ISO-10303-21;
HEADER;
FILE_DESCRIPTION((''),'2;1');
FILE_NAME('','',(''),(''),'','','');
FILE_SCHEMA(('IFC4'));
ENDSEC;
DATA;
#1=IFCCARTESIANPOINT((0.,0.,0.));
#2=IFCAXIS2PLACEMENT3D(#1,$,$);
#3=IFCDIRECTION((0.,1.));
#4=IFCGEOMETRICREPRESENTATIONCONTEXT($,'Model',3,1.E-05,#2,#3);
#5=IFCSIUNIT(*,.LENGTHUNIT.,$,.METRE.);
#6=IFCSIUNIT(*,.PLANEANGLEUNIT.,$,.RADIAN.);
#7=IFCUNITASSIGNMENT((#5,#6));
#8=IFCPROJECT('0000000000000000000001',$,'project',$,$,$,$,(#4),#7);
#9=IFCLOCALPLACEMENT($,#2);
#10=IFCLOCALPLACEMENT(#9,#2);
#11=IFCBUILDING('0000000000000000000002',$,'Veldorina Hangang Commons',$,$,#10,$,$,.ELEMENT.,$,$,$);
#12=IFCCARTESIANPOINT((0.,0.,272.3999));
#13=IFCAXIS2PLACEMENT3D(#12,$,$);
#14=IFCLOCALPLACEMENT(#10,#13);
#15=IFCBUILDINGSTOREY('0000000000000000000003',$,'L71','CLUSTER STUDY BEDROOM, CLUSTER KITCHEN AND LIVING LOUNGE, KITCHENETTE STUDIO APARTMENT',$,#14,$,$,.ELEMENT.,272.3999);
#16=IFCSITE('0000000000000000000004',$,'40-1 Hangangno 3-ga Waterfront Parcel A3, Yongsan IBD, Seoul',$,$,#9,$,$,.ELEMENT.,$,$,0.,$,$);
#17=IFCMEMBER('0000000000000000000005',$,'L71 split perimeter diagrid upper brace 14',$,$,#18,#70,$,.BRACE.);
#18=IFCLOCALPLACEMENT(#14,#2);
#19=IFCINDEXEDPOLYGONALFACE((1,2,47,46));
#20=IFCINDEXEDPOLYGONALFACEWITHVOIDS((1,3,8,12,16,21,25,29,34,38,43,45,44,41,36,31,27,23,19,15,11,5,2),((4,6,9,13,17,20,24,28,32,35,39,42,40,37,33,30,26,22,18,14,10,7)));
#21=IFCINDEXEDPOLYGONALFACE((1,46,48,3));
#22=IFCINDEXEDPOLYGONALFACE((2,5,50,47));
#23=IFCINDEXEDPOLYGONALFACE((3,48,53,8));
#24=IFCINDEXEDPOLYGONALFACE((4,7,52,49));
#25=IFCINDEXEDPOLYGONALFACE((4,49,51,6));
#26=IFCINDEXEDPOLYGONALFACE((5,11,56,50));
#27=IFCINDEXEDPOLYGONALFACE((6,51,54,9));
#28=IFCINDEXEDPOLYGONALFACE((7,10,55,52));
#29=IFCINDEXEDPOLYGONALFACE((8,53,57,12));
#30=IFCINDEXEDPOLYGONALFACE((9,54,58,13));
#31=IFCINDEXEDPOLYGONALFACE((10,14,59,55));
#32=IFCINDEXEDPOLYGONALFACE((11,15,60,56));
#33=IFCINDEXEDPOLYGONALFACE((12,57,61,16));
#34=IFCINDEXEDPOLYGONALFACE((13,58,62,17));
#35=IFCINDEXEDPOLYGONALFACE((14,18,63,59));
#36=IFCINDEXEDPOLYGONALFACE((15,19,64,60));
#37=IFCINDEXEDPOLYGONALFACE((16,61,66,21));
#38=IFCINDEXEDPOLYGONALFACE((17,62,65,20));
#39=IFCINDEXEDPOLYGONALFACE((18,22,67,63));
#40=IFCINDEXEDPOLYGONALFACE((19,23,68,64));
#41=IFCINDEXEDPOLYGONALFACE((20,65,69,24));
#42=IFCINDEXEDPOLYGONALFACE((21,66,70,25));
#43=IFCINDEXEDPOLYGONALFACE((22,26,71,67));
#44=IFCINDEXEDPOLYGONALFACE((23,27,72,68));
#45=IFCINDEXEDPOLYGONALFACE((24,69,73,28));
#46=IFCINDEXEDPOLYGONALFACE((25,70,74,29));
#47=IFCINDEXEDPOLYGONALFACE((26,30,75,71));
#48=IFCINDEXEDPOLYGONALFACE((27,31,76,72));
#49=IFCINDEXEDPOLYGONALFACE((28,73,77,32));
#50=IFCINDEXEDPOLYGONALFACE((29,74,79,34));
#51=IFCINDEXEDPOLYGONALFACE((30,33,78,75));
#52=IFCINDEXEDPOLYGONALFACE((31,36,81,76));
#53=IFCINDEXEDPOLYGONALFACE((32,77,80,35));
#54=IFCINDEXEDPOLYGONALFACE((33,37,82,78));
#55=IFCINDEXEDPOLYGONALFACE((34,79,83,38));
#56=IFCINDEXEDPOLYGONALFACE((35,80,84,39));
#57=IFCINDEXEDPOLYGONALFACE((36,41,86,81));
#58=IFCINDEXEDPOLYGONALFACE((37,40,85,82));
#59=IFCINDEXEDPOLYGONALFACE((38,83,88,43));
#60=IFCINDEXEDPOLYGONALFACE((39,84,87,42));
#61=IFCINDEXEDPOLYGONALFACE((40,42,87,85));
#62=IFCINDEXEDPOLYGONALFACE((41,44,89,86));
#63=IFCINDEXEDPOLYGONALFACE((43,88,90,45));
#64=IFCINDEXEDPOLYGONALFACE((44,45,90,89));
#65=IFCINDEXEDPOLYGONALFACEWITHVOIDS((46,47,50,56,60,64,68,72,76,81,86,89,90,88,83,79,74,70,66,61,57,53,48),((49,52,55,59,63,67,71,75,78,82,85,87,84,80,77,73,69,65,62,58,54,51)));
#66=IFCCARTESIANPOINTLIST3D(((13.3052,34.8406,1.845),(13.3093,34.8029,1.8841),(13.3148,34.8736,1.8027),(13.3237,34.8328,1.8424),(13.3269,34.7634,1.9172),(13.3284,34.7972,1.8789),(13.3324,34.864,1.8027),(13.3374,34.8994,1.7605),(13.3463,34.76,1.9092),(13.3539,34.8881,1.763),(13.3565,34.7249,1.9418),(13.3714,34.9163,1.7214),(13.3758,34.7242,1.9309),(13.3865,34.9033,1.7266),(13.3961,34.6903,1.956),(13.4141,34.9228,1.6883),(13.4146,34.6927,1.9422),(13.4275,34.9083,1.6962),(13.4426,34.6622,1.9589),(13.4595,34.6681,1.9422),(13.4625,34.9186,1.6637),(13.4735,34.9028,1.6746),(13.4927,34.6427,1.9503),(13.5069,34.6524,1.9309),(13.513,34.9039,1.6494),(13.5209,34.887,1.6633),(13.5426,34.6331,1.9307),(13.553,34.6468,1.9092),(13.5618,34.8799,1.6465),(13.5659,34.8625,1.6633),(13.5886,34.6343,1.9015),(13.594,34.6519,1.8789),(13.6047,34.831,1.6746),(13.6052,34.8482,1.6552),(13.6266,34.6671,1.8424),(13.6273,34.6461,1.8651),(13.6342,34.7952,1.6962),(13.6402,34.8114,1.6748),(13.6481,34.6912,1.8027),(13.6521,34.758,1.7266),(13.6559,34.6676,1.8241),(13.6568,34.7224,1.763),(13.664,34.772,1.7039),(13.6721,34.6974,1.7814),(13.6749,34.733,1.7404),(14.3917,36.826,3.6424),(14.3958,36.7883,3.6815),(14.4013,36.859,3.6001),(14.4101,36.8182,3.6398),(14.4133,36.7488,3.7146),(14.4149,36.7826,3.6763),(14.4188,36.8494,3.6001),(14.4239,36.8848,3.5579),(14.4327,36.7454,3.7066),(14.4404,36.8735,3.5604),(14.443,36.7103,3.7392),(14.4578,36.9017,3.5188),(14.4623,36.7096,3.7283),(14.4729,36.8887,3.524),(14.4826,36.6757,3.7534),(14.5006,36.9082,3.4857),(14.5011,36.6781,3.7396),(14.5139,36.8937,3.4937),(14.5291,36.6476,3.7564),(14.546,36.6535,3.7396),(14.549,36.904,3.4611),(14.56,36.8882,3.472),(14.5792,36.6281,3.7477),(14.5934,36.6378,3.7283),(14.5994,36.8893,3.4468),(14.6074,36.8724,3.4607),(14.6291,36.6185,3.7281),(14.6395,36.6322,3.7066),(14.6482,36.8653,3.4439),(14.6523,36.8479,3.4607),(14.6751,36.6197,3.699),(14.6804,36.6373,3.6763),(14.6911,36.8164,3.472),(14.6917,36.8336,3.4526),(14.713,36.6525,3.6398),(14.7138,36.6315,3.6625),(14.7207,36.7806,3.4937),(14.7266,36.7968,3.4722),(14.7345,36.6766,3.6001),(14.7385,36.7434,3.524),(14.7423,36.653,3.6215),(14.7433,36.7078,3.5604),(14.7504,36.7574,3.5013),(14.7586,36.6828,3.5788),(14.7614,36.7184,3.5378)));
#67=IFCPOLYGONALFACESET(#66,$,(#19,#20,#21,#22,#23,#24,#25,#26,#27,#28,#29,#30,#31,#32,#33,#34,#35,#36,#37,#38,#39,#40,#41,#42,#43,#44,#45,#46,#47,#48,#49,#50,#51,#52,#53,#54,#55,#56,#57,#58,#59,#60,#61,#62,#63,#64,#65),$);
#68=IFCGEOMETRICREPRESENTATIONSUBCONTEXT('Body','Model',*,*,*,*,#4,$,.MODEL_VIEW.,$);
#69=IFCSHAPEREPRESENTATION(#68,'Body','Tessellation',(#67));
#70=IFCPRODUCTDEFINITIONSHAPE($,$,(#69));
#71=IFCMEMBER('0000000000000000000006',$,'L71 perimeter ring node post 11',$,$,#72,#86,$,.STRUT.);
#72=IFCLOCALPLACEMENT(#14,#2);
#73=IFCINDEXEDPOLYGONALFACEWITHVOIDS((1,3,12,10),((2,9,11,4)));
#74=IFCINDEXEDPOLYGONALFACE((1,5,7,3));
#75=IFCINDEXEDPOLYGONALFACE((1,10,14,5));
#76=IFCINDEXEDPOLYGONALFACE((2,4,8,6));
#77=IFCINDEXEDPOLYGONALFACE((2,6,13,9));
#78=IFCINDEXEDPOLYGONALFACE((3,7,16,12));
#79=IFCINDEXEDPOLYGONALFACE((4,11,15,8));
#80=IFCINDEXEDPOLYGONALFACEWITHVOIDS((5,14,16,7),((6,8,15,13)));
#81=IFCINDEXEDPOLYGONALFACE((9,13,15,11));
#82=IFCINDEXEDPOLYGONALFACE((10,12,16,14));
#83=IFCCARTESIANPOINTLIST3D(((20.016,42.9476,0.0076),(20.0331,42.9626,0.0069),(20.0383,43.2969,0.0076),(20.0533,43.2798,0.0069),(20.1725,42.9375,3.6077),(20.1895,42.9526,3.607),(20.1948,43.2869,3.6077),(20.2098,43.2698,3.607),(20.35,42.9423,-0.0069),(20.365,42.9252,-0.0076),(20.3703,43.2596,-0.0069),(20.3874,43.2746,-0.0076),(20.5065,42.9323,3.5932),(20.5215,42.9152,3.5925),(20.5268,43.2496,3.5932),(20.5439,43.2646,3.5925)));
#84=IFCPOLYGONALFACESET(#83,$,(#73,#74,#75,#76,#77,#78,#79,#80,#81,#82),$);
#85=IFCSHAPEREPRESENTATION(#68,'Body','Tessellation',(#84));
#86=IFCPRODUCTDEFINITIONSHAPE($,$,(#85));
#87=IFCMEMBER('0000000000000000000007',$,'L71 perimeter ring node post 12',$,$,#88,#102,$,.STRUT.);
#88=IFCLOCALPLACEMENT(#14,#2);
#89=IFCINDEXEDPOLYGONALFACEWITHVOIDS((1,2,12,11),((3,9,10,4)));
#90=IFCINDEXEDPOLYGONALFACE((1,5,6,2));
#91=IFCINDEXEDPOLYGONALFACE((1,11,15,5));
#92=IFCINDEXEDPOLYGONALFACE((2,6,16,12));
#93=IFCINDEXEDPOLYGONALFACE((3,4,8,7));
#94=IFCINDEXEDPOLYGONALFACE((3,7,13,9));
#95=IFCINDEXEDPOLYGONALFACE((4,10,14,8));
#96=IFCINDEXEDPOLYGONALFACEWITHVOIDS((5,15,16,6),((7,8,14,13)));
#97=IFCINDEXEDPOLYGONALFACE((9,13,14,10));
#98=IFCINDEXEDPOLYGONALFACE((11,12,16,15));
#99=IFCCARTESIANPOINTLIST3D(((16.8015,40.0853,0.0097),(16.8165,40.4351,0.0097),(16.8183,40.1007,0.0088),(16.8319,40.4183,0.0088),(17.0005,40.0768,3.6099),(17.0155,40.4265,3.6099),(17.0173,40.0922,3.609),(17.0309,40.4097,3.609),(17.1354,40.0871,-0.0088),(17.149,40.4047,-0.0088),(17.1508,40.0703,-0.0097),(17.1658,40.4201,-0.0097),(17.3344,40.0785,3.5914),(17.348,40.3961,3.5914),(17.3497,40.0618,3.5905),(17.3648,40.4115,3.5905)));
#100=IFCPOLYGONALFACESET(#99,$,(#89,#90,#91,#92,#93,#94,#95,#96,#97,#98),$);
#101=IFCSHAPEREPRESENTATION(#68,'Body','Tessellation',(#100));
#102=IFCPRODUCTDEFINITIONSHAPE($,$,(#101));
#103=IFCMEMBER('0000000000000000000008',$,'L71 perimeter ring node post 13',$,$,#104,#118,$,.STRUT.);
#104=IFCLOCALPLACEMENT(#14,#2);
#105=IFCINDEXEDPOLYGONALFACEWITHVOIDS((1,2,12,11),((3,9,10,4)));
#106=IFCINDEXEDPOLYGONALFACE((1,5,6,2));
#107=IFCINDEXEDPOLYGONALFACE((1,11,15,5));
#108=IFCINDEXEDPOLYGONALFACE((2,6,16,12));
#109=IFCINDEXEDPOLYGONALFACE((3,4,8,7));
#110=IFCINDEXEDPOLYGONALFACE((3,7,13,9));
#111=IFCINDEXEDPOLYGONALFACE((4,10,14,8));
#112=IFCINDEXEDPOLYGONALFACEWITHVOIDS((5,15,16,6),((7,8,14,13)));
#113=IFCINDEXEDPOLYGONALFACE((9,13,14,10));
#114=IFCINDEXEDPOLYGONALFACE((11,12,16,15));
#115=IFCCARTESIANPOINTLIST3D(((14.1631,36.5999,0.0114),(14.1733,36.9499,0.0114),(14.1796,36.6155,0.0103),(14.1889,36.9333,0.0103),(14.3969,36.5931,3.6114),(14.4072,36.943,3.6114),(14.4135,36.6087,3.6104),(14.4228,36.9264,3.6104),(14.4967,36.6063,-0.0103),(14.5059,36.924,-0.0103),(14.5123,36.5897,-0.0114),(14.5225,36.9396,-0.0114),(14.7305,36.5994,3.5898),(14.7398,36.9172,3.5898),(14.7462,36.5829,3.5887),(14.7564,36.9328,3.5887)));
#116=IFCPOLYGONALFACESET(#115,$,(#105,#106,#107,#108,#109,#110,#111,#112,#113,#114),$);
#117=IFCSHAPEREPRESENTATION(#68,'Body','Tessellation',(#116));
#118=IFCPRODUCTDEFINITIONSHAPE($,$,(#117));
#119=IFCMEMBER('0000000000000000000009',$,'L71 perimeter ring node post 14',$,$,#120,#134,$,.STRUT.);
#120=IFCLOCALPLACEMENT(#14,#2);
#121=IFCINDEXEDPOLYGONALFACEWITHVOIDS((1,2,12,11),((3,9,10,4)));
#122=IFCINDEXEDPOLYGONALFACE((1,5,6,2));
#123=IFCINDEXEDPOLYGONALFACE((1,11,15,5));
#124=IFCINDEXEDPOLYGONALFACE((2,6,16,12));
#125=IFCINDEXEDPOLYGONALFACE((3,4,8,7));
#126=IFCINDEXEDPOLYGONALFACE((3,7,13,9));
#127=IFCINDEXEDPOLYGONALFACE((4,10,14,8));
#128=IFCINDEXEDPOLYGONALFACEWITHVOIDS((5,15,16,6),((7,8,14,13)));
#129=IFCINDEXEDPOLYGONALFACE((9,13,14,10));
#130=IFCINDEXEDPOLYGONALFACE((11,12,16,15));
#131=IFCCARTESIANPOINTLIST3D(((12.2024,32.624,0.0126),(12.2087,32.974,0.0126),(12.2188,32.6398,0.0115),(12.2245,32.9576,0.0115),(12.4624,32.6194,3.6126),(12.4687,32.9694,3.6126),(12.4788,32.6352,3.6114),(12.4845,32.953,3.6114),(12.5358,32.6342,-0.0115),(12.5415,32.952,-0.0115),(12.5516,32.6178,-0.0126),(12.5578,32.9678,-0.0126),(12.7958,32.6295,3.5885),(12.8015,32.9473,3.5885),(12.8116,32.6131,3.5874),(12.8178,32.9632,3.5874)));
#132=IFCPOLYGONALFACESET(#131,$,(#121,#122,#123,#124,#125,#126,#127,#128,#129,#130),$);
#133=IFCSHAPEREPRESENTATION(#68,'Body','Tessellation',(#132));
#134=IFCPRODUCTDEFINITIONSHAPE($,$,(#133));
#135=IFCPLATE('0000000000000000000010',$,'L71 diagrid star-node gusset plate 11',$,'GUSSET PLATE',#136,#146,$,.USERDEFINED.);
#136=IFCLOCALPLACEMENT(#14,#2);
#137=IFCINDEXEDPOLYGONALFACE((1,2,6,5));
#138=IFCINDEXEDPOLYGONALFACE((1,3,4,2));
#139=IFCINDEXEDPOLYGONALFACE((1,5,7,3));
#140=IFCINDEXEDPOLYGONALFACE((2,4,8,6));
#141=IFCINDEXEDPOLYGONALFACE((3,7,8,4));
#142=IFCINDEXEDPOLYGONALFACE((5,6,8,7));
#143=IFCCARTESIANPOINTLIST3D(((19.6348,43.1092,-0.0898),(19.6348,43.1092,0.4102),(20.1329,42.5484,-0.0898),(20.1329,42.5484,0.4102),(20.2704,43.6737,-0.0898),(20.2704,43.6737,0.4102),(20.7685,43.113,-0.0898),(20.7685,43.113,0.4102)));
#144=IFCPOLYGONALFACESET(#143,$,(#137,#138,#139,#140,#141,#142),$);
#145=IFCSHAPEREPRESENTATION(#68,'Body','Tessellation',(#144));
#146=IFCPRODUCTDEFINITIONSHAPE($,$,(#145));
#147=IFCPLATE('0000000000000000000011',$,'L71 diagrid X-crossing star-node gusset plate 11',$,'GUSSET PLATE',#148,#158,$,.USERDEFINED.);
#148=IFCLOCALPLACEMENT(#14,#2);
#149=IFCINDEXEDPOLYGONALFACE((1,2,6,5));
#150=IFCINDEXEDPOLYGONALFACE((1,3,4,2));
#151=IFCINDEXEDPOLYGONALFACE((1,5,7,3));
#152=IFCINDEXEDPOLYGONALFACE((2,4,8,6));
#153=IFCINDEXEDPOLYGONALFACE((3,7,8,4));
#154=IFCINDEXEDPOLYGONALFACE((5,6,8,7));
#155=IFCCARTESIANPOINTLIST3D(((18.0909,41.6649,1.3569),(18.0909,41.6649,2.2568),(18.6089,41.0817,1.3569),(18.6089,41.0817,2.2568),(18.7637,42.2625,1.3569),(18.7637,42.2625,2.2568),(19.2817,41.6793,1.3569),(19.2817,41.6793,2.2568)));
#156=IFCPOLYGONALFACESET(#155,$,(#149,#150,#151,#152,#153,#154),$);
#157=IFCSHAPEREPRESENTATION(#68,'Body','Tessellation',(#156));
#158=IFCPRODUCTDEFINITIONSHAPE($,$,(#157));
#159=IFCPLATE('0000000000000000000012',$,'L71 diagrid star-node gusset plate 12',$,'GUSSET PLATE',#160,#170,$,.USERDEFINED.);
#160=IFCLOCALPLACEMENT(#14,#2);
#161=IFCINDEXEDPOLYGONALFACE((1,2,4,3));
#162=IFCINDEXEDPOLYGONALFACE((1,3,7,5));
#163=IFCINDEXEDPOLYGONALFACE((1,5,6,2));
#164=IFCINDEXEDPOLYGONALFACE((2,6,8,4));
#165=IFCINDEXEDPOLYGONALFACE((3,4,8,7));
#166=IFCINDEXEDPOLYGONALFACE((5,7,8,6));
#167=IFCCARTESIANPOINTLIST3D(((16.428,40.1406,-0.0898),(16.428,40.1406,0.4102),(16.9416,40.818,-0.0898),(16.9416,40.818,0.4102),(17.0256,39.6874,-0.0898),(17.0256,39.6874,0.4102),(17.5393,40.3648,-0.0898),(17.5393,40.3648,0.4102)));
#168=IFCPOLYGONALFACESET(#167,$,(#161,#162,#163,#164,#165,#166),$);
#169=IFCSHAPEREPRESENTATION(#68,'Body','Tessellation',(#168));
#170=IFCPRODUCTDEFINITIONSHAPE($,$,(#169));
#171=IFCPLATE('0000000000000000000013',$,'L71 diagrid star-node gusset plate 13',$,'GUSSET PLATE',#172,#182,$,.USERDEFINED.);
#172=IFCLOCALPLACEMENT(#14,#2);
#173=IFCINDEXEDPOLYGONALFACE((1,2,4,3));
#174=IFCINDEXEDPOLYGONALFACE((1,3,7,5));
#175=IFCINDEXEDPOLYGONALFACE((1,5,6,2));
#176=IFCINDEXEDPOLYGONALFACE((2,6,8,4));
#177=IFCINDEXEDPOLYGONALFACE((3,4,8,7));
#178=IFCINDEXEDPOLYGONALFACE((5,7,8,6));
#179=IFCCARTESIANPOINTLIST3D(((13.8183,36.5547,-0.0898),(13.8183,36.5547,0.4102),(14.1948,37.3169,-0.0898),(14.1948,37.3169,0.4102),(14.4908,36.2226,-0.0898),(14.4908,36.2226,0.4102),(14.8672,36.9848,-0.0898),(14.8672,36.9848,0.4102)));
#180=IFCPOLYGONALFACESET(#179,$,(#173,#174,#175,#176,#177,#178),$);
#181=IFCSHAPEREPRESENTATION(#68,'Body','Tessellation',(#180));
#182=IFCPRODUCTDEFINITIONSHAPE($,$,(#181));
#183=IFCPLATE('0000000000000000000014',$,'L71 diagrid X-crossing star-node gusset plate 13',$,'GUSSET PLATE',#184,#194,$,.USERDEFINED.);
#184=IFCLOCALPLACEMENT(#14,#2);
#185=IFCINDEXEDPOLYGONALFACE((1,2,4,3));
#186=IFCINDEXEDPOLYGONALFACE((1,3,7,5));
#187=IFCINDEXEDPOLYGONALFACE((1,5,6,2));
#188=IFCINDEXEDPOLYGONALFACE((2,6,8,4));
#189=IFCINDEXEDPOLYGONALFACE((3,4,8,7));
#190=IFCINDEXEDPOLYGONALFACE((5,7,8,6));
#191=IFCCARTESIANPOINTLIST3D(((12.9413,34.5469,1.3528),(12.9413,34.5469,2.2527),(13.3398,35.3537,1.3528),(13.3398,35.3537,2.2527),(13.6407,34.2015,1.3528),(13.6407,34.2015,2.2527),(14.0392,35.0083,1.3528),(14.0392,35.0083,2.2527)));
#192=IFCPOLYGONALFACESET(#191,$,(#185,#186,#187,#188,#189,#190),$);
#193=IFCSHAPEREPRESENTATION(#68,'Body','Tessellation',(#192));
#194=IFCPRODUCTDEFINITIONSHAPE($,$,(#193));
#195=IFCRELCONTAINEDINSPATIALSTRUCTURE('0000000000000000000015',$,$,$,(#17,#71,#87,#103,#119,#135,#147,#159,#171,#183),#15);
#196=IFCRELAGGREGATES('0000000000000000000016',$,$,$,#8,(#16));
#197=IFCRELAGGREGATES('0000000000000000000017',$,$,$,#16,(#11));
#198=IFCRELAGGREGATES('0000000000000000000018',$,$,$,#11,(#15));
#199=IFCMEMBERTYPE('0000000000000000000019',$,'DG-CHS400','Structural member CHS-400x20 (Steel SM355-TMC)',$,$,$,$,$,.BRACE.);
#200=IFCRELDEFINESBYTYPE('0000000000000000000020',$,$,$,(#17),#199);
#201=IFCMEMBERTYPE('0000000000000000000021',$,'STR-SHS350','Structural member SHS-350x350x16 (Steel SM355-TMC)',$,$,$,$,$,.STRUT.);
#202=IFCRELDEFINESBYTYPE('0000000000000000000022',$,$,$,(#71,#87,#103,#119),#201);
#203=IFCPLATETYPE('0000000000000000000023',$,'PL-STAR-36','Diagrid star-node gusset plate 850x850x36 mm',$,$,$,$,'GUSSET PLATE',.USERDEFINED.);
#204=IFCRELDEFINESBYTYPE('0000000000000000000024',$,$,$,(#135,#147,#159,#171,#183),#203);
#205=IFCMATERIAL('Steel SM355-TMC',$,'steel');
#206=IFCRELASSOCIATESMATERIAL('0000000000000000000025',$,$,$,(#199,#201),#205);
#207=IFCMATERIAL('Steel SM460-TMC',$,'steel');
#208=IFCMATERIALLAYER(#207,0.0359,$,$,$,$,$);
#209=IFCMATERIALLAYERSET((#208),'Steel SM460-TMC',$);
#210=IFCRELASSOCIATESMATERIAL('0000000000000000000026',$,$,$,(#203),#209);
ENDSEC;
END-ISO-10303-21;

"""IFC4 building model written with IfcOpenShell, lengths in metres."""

from ifc_helpers import new_model, si_unit, direction, frame, origin, origin_2d, place, context, subcontext, project, spatial, rectangle, hollow_rectangle, hollow_circle, extrude, material, layer, layer_set, material_profile, profile_set, type_object, element, save


model = new_model("IFC4")

# Units and contexts
model_context = context("Model", 3, precision=1e-05, world=origin(), true_north=direction((0.0, 1.0)))
body_context = subcontext(model_context, "Body", "Model", "MODEL_VIEW")
ifc_project = project(units=[si_unit("LENGTHUNIT", "METRE"), si_unit("PLANEANGLEUNIT", "RADIAN")], contexts=[model_context])

# Site, building, storey
site_placement = place(None, origin())
site = spatial("IfcSite", under=ifc_project, at=site_placement, Name="40-1 Hangangno 3-ga Waterfront Parcel A3, Yongsan IBD, Seoul", CompositionType="ELEMENT", RefElevation=0.0)
building_placement = place(site_placement, origin())
building = spatial("IfcBuilding", under=site, at=building_placement, Name="Veldorina Hangang Commons", CompositionType="ELEMENT")
storey_placement = place(building_placement, frame((0.0, 0.0, 272.3999)))
storey = spatial("IfcBuildingStorey", under=building, at=storey_placement, Name="L71", Description="CLUSTER STUDY BEDROOM, CLUSTER KITCHEN AND LIVING LOUNGE, KITCHENETTE STUDIO APARTMENT", CompositionType="ELEMENT", Elevation=272.3999)

# Shared definitions
ifc_material_1 = material(Name="Steel SM355-TMC", Category="steel")

# Members
ifc_material_profile_1 = material_profile(ifc_material_1, hollow_circle(Radius=0.2, WallThickness=0.02, at=origin_2d()), Name="CHS-400x20")
ifc_profile_set_1 = profile_set([ifc_material_profile_1], Name="Steel SM355-TMC")
member_type_1 = type_object("IfcMemberType", Name="DG-CHS400", Description="Structural member CHS-400x20 (Steel SM355-TMC)", PredefinedType="BRACE", material=ifc_profile_set_1)
member_1_placement = place(storey_placement, frame((13.4902, 34.7776, 1.8027), z_axis=(0.375918, 0.686958, 0.621912), x_axis=(-0.877243, 0.480046, 0.0)))
element("IfcMember", 1, at=member_1_placement, inside=storey, type_object=member_type_1, Name="L71 split perimeter diagrid upper brace 14", PredefinedType="BRACE", context=body_context, shape_type="SweptSolid", body=[
    extrude(hollow_circle(Radius=0.2, WallThickness=0.02, at=origin_2d()), origin(), (0.0, 0.0, 1.0), 2.8901),
])
ifc_material_profile_2 = material_profile(ifc_material_1, hollow_rectangle(XDim=0.3501, YDim=0.3501, WallThickness=0.0161, at=origin_2d()), Name="SHS-350x350x16")
ifc_profile_set_2 = profile_set([ifc_material_profile_2], Name="Steel SM355-TMC")
member_type_2 = type_object("IfcMemberType", Name="STR-SHS350", Description="Structural member SHS-350x350x16 (Steel SM355-TMC)", PredefinedType="STRUT", material=ifc_profile_set_2)
member_2_placement = place(storey_placement, frame((20.2017, 43.1111, 0.0), z_axis=(0.043428, -0.002778, 0.999053), x_axis=(0.063832, 0.997961, 0.0)))
element("IfcMember", 2, at=member_2_placement, inside=storey, type_object=member_type_2, Name="L71 perimeter ring node post 11", PredefinedType="STRUT", context=body_context, shape_type="SweptSolid", body=[
    extrude(hollow_rectangle(XDim=0.3501, YDim=0.3501, WallThickness=0.0161, at=origin_2d()), origin(), (0.0, 0.0, 1.0), 3.6035),
])
member_3_placement = place(storey_placement, frame((16.9836, 40.2527, 0.0), z_axis=(0.055185, -0.00237, 0.998473), x_axis=(0.042905, 0.999079, 0.0)))
element("IfcMember", 3, at=member_3_placement, inside=storey, type_object=member_type_2, Name="L71 perimeter ring node post 12", PredefinedType="STRUT", context=body_context, shape_type="SweptSolid", body=[
    extrude(hollow_rectangle(XDim=0.3501, YDim=0.3501, WallThickness=0.0161, at=origin_2d()), origin(), (0.0, 0.0, 1.0), 3.6057),
])
member_4_placement = place(storey_placement, frame((14.3428, 36.7698, 0.0), z_axis=(0.06483, -0.001895, 0.997895), x_axis=(0.029215, 0.999573, 0.0)))
element("IfcMember", 4, at=member_4_placement, inside=storey, type_object=member_type_2, Name="L71 perimeter ring node post 13", PredefinedType="STRUT", context=body_context, shape_type="SweptSolid", body=[
    extrude(hollow_rectangle(XDim=0.3501, YDim=0.3501, WallThickness=0.0161, at=origin_2d()), origin(), (0.0, 0.0, 1.0), 3.6077),
])
member_5_placement = place(storey_placement, frame((12.3801, 32.7959, 0.0), z_axis=(0.072035, -0.001285, 0.997401), x_axis=(0.017838, 0.999841, 0.0)))
element("IfcMember", 5, at=member_5_placement, inside=storey, type_object=member_type_2, Name="L71 perimeter ring node post 14", PredefinedType="STRUT", context=body_context, shape_type="SweptSolid", body=[
    extrude(hollow_rectangle(XDim=0.3501, YDim=0.3501, WallThickness=0.0161, at=origin_2d()), origin(), (0.0, 0.0, 1.0), 3.6094),
])

# Plates
ifc_material_2 = material(Name="Steel SM460-TMC", Category="steel")
ifc_layer_1 = layer(ifc_material_2, 0.0359)
ifc_layer_set_1 = layer_set([ifc_layer_1], Name="Steel SM460-TMC")
plate_type = type_object("IfcPlateType", Name="PL-STAR-36", Description="Diagrid star-node gusset plate 850x850x36 mm", ElementType="GUSSET PLATE", PredefinedType="USERDEFINED", material=ifc_layer_set_1)
plate_1_placement = place(storey_placement, frame((20.2017, 43.1111, -0.0898), z_axis=(0.0, 0.0, 1.0), x_axis=(-0.747636, -0.664109, 0.0)))
element("IfcPlate", 6, at=plate_1_placement, inside=storey, type_object=plate_type, Name="L71 diagrid star-node gusset plate 11", ObjectType="GUSSET PLATE", PredefinedType="USERDEFINED", context=body_context, shape_type="SweptSolid", body=[
    extrude(rectangle(XDim=0.8501, YDim=0.75, at=origin_2d()), origin(), (0.0, 0.0, 1.0), 0.5),
])
plate_2_placement = place(storey_placement, frame((18.6863, 41.6721, 1.3569), z_axis=(0.0, 0.0, 1.0), x_axis=(-0.747636, -0.664109, 0.0)))
element("IfcPlate", 7, at=plate_2_placement, inside=storey, type_object=plate_type, Name="L71 diagrid X-crossing star-node gusset plate 11", ObjectType="GUSSET PLATE", PredefinedType="USERDEFINED", context=body_context, shape_type="SweptSolid", body=[
    extrude(rectangle(XDim=0.8999, YDim=0.78, at=origin_2d()), origin(), (0.0, 0.0, 1.0), 0.8999),
])
for number, where, z_axis, x_axis, name in (
    (8, (16.9836, 40.2527, -0.0898), (0.0, 0.0, 1.0), (-0.604196, -0.796836, 0.0), "L71 diagrid star-node gusset plate 12"),
    (9, (14.3428, 36.7698, -0.0898), (0.0, 0.0, 1.0), (-0.442805, -0.896618, 0.0), "L71 diagrid star-node gusset plate 13"),
):
    element("IfcPlate", number, at=place(storey_placement, frame(where, z_axis=z_axis, x_axis=x_axis)), inside=storey, type_object=plate_type, Name=name, ObjectType="GUSSET PLATE", PredefinedType="USERDEFINED", context=body_context, shape_type="SweptSolid", body=[
        extrude(rectangle(XDim=0.8501, YDim=0.75, at=origin_2d()), origin(), (0.0, 0.0, 1.0), 0.5),
    ])
plate_3_placement = place(storey_placement, frame((13.4902, 34.7776, 1.3528), z_axis=(0.0, 0.0, 1.0), x_axis=(-0.442805, -0.896618, 0.0)))
element("IfcPlate", 10, at=plate_3_placement, inside=storey, type_object=plate_type, Name="L71 diagrid X-crossing star-node gusset plate 13", ObjectType="GUSSET PLATE", PredefinedType="USERDEFINED", context=body_context, shape_type="SweptSolid", body=[
    extrude(rectangle(XDim=0.8999, YDim=0.78, at=origin_2d()), origin(), (0.0, 0.0, 1.0), 0.8999),
])

save(model, "model.ifc")
